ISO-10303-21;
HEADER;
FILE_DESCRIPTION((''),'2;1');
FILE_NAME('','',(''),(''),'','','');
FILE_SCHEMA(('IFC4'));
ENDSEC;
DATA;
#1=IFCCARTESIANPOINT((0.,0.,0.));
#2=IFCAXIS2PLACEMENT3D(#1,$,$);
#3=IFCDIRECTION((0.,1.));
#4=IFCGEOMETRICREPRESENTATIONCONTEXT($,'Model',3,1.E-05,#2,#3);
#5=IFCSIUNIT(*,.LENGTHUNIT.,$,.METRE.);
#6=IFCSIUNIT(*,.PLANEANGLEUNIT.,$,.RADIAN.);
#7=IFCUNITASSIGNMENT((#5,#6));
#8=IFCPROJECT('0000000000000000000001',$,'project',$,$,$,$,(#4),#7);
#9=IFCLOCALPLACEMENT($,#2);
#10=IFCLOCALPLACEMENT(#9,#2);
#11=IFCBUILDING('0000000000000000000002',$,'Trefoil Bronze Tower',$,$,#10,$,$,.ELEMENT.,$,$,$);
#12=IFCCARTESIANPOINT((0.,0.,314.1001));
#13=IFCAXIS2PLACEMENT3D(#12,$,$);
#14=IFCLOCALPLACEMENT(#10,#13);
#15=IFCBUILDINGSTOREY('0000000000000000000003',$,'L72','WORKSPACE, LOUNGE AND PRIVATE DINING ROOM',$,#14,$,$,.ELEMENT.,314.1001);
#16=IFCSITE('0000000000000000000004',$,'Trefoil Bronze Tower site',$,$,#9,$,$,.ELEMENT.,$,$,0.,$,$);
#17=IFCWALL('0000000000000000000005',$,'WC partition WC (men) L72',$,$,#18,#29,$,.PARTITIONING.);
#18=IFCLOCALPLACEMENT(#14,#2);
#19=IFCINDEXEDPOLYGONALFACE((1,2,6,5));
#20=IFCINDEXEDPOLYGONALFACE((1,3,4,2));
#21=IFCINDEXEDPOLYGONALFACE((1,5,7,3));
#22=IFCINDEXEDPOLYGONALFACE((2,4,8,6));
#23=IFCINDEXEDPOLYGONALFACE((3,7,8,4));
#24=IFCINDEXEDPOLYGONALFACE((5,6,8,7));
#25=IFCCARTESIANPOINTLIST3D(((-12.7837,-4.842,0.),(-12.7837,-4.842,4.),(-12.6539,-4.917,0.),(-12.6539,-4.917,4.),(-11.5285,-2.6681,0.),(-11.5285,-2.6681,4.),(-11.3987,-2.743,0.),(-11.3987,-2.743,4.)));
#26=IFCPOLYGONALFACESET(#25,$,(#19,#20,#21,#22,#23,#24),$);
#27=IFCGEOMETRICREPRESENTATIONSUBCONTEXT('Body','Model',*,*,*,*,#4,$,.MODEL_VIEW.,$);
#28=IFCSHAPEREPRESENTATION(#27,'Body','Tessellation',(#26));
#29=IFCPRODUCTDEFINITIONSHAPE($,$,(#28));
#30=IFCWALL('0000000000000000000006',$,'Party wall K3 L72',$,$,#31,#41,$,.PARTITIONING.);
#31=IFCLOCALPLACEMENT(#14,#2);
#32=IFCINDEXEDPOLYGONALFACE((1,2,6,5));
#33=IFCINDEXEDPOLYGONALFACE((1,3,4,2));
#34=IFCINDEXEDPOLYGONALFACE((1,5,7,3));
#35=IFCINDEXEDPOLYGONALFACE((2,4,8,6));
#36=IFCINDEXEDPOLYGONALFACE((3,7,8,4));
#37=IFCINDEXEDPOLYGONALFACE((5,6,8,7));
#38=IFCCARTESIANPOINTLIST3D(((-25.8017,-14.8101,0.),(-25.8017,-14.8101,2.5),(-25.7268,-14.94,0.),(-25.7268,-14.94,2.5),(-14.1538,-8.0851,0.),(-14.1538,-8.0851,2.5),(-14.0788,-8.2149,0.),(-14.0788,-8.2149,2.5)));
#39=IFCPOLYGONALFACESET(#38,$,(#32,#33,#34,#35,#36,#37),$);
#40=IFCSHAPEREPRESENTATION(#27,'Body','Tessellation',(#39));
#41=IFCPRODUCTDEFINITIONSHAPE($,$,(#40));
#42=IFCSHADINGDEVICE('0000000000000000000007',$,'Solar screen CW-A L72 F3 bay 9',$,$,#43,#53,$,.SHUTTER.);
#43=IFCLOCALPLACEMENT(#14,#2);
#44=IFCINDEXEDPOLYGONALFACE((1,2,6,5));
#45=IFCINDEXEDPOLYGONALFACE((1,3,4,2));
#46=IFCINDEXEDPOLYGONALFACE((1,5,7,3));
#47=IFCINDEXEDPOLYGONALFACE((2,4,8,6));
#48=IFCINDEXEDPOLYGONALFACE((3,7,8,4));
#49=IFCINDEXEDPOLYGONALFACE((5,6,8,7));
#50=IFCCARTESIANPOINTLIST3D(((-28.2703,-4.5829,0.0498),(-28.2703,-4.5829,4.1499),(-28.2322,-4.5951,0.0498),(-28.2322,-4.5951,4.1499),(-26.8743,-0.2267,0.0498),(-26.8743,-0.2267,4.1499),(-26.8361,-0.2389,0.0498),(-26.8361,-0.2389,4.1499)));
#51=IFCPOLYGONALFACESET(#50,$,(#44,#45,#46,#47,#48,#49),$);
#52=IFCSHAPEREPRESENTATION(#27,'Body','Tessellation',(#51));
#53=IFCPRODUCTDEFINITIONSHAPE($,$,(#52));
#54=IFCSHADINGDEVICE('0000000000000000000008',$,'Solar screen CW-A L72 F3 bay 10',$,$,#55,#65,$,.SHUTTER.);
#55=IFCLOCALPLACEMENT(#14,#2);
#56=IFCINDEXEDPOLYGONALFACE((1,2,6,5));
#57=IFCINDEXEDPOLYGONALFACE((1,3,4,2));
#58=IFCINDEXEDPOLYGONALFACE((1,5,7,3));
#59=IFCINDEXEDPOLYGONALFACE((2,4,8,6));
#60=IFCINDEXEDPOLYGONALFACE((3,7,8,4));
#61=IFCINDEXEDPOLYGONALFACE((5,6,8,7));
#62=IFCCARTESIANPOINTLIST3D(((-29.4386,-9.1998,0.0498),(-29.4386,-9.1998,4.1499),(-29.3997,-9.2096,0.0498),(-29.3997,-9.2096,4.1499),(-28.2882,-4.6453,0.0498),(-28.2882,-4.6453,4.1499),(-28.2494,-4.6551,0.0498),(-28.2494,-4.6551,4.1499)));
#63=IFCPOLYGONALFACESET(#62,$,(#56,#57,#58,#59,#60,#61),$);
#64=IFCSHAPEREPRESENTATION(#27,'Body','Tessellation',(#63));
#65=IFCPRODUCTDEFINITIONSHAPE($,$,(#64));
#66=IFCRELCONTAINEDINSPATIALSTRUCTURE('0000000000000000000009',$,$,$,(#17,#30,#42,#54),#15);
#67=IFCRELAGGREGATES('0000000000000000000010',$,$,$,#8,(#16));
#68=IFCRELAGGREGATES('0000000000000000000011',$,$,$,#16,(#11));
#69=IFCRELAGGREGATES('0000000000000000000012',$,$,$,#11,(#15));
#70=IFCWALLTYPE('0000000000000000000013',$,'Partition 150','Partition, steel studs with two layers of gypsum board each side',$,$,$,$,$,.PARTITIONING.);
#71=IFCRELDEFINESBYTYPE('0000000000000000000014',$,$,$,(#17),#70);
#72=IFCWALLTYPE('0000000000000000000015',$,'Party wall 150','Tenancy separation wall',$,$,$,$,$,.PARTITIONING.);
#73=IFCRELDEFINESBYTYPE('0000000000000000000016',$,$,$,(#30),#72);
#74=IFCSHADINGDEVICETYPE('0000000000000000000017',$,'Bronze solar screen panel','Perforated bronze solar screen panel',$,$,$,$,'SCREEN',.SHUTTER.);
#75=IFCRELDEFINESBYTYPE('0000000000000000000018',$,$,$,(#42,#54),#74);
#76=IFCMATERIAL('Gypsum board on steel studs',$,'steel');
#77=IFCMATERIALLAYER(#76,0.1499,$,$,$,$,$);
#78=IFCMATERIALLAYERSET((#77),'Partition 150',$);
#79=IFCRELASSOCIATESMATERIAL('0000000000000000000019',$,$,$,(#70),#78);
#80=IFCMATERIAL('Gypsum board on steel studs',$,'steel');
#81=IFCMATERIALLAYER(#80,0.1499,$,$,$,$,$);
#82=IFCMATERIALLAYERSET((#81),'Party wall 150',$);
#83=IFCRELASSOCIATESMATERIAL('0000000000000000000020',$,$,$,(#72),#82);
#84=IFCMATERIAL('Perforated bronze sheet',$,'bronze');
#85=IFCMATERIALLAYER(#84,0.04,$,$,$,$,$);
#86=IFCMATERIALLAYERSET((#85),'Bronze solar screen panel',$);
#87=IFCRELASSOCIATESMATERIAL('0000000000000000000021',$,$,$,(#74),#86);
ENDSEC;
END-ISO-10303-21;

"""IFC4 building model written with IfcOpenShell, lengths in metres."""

from ifc_helpers import new_model, si_unit, direction, frame, frame_2d, origin, origin_2d, place, context, subcontext, project, spatial, rectangle, extrude, material, layer, layer_set, type_object, element, save


model = new_model("IFC4")

# Units and contexts
model_context = context("Model", 3, precision=1e-05, world=origin(), true_north=direction((0.0, 1.0)))
body_context = subcontext(model_context, "Body", "Model", "MODEL_VIEW")
ifc_project = project(units=[si_unit("LENGTHUNIT", "METRE"), si_unit("PLANEANGLEUNIT", "RADIAN")], contexts=[model_context])

# Site, building, storey
site_placement = place(None, origin())
site = spatial("IfcSite", under=ifc_project, at=site_placement, Name="Trefoil Bronze Tower site", CompositionType="ELEMENT", RefElevation=0.0)
building_placement = place(site_placement, origin())
building = spatial("IfcBuilding", under=site, at=building_placement, Name="Trefoil Bronze Tower", CompositionType="ELEMENT")
storey_placement = place(building_placement, frame((0.0, 0.0, 314.1001)))
storey = spatial("IfcBuildingStorey", under=building, at=storey_placement, Name="L72", Description="WORKSPACE, LOUNGE AND PRIVATE DINING ROOM", CompositionType="ELEMENT", Elevation=314.1001)

# Walls
ifc_material_1 = material(Name="Gypsum board on steel studs", Category="steel")
ifc_layer_1 = layer(ifc_material_1, 0.1499)
ifc_layer_set_1 = layer_set([ifc_layer_1], Name="Partition 150")
wall_type_1 = type_object("IfcWallType", Name="Partition 150", Description="Partition, steel studs with two layers of gypsum board each side", PredefinedType="PARTITIONING", material=ifc_layer_set_1)
wall_1_placement = place(storey_placement, frame((-11.4636, -2.7056, 0.0), z_axis=(0.0, 0.0, 1.0), x_axis=(-0.50002, -0.866014, 0.0)))
element("IfcWall", 1, at=wall_1_placement, inside=storey, type_object=wall_type_1, Name="WC partition WC (men) L72", PredefinedType="PARTITIONING", context=body_context, shape_type="SweptSolid", body=[
    extrude(rectangle(XDim=2.5103, YDim=0.1499, at=frame_2d((1.2551, 0.0))), origin(), (0.0, 0.0, 1.0), 4.0),
])
ifc_material_2 = material(Name="Gypsum board on steel studs", Category="steel")
ifc_layer_2 = layer(ifc_material_2, 0.1499)
ifc_layer_set_2 = layer_set([ifc_layer_2], Name="Party wall 150")
wall_type_2 = type_object("IfcWallType", Name="Party wall 150", Description="Tenancy separation wall", PredefinedType="PARTITIONING", material=ifc_layer_set_2)
wall_2_placement = place(storey_placement, frame((-14.1162, -8.1499, 0.0), z_axis=(0.0, 0.0, 1.0), x_axis=(-0.866021, -0.500008, 0.0)))
element("IfcWall", 2, at=wall_2_placement, inside=storey, type_object=wall_type_2, Name="Party wall K3 L72", PredefinedType="PARTITIONING", context=body_context, shape_type="SweptSolid", body=[
    extrude(rectangle(XDim=13.45, YDim=0.1499, at=frame_2d((6.7251, 0.0))), origin(), (0.0, 0.0, 1.0), 2.5),
])

# Shading devices
ifc_material_3 = material(Name="Perforated bronze sheet", Category="bronze")
ifc_layer_3 = layer(ifc_material_3, 0.04)
ifc_layer_set_3 = layer_set([ifc_layer_3], Name="Bronze solar screen panel")
shading_device_type = type_object("IfcShadingDeviceType", Name="Bronze solar screen panel", Description="Perforated bronze solar screen panel", ElementType="SCREEN", PredefinedType="SHUTTER", material=ifc_layer_set_3)
shading_device_1_placement = place(storey_placement, frame((-27.5532, -2.4109, 0.0498), z_axis=(0.0, 0.0, 1.0), x_axis=(-0.305188, -0.952292, 0.0)))
element("IfcShadingDevice", 3, at=shading_device_1_placement, inside=storey, type_object=shading_device_type, Name="Solar screen CW-A L72 F3 bay 9", PredefinedType="SHUTTER", context=body_context, shape_type="SweptSolid", body=[
    extrude(rectangle(XDim=4.5745, YDim=0.04, at=origin_2d()), origin(), (0.0, 0.0, 1.0), 4.1001),
])
shading_device_2_placement = place(storey_placement, frame((-28.844, -6.9275, 0.0498), z_axis=(0.0, 0.0, 1.0), x_axis=(-0.24488, -0.969554, 0.0)))
element("IfcShadingDevice", 4, at=shading_device_2_placement, inside=storey, type_object=shading_device_type, Name="Solar screen CW-A L72 F3 bay 10", PredefinedType="SHUTTER", context=body_context, shape_type="SweptSolid", body=[
    extrude(rectangle(XDim=4.6975, YDim=0.04, at=origin_2d()), origin(), (0.0, 0.0, 1.0), 4.1001),
])

save(model, "model.ifc")
